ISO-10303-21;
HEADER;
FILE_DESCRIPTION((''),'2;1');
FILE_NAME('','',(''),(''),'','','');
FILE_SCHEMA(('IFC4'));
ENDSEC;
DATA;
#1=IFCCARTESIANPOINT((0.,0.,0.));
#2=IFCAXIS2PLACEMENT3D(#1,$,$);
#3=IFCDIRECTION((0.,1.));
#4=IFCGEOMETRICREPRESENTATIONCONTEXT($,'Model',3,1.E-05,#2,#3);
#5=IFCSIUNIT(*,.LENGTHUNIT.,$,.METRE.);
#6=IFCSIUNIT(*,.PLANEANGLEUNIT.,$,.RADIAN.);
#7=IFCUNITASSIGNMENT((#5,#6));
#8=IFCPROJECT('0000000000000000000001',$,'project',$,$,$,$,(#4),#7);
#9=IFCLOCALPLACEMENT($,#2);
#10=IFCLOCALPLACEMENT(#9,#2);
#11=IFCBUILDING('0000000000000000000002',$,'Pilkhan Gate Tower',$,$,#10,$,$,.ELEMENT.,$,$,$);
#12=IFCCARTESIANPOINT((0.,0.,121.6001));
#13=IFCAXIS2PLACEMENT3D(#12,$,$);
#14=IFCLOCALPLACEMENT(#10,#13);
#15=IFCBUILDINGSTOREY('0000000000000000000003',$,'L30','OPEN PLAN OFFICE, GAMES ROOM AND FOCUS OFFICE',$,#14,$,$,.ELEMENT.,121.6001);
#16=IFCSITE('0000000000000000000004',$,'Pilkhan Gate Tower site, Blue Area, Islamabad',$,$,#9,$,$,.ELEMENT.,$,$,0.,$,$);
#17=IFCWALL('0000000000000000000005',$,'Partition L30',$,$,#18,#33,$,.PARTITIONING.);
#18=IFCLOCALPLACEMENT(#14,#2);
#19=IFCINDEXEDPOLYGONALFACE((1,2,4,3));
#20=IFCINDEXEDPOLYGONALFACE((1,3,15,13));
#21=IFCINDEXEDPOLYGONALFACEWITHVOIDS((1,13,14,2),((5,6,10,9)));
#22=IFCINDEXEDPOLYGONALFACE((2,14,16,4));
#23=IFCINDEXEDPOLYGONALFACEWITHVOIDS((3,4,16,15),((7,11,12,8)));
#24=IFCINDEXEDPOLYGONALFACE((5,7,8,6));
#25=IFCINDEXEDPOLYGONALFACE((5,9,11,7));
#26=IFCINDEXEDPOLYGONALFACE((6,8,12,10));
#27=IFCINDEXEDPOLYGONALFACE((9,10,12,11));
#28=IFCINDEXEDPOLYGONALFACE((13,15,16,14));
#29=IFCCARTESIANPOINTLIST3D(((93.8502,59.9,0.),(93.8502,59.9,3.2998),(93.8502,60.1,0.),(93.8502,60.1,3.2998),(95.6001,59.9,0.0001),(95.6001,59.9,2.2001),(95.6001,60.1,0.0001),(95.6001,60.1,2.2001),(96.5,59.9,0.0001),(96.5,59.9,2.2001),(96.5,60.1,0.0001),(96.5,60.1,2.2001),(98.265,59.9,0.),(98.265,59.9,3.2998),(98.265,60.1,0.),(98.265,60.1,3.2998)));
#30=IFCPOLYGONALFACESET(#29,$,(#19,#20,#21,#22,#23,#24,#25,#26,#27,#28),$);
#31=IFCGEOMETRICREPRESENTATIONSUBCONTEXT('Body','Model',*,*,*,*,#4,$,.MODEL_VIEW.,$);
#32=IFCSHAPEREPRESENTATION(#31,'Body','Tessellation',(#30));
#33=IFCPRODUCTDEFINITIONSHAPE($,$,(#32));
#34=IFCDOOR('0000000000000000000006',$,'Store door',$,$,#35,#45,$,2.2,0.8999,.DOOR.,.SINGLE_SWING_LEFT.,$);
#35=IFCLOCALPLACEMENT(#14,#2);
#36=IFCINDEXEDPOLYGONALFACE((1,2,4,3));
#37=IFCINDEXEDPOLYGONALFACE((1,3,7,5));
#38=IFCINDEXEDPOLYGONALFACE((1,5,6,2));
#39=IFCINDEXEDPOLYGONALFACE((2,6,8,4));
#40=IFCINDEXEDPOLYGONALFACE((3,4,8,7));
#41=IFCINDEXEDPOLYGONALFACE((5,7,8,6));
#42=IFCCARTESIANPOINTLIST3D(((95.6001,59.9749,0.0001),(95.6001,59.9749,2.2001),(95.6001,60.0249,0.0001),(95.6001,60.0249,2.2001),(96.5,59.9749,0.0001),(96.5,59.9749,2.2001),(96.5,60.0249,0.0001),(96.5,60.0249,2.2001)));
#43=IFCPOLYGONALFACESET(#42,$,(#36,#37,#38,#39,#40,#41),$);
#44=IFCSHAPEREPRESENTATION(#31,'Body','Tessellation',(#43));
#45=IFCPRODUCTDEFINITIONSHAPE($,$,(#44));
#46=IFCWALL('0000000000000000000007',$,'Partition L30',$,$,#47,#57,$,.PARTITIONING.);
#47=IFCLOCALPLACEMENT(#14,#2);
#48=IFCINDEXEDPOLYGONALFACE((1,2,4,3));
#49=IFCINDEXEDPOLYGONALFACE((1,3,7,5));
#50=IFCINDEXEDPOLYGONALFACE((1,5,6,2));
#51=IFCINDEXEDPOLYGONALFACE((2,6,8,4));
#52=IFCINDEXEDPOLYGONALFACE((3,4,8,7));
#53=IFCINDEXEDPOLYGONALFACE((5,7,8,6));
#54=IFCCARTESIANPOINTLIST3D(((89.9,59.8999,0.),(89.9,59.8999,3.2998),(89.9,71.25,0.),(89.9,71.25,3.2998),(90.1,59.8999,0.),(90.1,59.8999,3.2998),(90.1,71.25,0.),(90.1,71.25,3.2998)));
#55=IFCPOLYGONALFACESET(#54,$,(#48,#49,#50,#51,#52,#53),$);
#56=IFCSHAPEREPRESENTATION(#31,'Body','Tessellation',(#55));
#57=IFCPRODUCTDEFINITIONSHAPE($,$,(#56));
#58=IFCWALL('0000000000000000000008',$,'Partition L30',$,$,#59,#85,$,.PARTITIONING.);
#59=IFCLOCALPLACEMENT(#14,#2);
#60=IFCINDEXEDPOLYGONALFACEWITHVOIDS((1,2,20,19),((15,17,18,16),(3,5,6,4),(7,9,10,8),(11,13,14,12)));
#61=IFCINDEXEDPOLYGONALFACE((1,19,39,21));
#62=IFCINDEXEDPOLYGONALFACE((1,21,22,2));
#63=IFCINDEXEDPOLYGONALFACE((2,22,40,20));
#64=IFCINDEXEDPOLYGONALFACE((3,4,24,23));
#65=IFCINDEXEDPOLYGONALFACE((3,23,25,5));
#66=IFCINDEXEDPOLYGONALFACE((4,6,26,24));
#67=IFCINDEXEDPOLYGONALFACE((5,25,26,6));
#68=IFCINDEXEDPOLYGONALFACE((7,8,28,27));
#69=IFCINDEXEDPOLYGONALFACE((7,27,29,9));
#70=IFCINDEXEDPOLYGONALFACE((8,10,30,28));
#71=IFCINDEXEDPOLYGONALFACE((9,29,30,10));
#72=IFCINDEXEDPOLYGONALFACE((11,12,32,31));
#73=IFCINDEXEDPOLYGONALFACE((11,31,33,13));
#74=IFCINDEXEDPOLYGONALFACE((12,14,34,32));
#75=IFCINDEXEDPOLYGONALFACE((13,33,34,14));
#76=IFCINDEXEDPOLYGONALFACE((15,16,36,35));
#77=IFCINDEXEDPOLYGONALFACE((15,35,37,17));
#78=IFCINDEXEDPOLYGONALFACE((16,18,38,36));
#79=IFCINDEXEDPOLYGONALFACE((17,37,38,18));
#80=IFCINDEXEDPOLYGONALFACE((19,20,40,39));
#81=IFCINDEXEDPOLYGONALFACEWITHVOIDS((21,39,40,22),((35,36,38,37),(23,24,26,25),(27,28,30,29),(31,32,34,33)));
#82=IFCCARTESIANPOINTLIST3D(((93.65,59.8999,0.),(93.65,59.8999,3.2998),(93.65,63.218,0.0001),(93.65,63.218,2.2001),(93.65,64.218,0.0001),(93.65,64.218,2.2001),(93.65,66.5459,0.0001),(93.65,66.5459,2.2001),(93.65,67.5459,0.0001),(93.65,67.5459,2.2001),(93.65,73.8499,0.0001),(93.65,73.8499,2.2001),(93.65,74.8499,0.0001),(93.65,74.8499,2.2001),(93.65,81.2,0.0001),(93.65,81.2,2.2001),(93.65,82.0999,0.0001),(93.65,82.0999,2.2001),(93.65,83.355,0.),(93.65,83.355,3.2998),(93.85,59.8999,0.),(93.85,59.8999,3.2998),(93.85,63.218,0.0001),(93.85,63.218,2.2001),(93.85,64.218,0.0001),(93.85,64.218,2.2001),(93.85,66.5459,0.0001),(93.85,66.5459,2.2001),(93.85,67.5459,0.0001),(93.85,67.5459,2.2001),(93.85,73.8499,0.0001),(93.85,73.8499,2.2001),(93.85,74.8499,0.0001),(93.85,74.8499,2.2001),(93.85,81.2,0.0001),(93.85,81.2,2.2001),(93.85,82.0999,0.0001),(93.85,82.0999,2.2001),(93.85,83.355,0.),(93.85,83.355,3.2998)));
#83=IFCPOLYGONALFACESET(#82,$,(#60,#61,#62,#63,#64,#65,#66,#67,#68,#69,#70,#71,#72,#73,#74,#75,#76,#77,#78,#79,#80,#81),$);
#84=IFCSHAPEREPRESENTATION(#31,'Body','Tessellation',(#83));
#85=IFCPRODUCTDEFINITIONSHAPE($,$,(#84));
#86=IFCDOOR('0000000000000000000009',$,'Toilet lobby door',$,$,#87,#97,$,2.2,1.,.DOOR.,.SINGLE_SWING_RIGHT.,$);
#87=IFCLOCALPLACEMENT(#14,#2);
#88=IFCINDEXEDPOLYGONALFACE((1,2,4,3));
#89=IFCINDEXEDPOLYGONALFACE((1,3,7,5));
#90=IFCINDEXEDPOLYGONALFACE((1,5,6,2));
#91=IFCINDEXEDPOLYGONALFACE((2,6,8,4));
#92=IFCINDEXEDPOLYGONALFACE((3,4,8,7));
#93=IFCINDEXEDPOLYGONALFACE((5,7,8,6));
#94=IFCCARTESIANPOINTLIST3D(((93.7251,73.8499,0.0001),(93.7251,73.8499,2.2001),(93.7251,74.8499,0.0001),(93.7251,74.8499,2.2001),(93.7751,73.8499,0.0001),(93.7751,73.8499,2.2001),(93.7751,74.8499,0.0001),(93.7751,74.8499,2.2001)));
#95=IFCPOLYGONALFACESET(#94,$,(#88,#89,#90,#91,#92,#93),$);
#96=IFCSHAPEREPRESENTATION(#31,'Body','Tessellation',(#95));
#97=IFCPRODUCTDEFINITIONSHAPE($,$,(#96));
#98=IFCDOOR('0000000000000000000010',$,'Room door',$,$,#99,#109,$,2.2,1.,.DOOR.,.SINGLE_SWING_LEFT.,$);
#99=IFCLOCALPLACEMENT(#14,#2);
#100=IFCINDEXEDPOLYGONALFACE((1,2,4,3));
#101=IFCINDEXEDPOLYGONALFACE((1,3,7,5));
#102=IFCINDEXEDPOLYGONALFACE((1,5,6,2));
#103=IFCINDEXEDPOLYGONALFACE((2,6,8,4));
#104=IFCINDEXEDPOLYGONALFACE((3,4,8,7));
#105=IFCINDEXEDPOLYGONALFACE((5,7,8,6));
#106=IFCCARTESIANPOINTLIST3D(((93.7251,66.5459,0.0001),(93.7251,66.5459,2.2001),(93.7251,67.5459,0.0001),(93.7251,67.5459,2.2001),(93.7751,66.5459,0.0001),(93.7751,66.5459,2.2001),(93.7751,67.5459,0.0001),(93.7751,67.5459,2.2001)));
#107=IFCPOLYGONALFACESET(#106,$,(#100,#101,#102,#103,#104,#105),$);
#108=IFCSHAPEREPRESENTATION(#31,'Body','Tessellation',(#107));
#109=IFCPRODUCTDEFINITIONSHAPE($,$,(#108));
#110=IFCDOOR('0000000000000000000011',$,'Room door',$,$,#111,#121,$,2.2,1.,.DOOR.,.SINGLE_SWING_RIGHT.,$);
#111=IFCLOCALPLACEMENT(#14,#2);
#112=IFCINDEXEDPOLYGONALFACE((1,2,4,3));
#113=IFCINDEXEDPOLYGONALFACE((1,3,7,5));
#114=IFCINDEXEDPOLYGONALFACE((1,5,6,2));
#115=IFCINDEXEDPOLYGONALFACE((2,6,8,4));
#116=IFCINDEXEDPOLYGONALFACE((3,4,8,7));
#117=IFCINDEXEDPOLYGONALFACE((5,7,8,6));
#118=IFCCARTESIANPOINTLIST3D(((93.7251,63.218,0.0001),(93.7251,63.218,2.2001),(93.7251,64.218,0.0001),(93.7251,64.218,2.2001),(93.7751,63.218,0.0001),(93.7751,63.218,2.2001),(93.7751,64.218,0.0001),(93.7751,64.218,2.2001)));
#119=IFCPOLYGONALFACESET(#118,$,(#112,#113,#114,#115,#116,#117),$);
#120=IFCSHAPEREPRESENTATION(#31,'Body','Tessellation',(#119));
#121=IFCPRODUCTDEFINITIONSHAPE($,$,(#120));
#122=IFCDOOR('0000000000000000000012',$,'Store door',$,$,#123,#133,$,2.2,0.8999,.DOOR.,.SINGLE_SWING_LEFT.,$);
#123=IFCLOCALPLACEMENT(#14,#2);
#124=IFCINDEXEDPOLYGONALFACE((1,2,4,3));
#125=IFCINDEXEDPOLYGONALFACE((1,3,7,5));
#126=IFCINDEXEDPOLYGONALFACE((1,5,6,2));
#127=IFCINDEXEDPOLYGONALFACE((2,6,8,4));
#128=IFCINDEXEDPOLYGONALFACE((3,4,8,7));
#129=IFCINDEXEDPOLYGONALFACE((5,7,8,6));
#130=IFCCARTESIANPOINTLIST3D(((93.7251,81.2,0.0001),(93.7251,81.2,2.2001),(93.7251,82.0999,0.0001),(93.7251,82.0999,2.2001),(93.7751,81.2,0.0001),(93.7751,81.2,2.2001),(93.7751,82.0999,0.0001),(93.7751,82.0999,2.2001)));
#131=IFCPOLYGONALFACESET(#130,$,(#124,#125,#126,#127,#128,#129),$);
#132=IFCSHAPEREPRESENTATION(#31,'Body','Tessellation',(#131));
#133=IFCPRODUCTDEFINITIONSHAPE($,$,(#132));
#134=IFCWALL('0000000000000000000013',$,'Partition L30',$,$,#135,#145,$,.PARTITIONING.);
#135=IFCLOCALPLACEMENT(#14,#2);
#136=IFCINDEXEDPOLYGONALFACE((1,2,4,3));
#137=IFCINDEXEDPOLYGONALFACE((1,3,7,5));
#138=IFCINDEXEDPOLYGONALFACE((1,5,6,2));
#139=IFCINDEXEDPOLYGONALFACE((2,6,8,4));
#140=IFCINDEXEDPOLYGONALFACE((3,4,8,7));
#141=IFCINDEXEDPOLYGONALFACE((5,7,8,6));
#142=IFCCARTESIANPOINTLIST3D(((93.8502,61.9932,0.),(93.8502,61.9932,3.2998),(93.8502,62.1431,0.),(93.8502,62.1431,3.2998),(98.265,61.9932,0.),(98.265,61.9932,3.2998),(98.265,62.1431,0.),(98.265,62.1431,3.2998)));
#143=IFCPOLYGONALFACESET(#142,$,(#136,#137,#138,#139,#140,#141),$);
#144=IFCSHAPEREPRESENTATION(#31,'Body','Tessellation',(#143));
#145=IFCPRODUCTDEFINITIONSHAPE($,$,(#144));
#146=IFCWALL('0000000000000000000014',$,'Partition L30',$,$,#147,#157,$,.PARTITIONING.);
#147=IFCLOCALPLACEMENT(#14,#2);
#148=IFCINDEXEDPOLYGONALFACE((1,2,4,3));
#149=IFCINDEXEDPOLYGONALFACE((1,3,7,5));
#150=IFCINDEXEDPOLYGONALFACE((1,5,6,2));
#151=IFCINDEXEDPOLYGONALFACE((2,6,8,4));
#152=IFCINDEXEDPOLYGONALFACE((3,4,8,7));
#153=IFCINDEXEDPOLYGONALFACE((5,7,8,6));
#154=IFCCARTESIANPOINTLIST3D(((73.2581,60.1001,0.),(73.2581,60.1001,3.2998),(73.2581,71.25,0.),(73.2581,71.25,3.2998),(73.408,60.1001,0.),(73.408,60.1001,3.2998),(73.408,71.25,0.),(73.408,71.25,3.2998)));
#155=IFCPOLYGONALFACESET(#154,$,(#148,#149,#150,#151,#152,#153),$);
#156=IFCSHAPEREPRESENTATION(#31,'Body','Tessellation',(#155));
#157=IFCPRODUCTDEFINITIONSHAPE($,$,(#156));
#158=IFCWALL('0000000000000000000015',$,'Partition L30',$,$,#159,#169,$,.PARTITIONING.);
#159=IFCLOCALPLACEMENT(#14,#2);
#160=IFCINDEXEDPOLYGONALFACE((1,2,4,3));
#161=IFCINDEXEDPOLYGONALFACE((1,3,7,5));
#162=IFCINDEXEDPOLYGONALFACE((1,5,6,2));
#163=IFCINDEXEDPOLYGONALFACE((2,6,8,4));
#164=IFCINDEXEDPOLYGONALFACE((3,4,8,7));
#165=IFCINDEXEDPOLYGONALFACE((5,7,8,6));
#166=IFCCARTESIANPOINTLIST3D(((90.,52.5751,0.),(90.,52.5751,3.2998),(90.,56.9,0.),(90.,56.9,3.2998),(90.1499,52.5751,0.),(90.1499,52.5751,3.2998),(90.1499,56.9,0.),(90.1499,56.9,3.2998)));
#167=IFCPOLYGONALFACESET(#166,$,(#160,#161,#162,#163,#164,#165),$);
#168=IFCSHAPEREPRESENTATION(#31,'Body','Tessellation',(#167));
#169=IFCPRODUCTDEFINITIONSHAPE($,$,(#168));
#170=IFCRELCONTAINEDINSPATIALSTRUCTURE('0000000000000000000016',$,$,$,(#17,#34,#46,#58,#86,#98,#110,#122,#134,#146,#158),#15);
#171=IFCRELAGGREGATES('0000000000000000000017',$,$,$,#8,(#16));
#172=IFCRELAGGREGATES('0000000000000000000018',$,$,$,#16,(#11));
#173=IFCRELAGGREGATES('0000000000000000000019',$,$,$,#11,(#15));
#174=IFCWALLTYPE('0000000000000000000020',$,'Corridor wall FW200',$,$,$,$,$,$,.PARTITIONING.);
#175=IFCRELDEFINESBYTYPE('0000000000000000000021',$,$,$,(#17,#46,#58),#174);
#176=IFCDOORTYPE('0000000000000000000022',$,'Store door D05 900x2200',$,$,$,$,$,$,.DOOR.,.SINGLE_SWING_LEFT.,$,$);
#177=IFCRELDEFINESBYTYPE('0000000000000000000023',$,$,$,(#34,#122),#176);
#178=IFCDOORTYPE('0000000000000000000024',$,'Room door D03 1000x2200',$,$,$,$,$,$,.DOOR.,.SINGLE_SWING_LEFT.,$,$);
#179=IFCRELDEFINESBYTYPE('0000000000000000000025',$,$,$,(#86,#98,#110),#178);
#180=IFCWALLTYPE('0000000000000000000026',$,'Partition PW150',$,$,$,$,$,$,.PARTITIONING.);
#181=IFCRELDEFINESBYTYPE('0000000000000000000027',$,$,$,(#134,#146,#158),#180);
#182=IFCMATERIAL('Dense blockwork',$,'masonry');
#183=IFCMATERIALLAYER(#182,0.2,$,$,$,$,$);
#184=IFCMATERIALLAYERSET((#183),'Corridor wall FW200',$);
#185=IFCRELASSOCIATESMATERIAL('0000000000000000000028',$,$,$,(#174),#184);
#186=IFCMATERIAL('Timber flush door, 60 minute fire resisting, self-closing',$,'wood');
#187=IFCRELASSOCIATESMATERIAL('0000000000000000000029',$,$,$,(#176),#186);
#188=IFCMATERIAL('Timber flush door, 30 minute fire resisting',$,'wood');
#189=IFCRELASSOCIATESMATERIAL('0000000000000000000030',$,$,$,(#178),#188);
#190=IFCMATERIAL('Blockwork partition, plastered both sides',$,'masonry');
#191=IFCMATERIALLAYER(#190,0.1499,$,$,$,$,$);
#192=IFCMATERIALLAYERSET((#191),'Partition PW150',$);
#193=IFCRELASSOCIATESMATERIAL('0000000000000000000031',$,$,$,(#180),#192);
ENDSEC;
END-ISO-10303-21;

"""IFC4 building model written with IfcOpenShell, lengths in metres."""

from ifc_helpers import new_model, si_unit, direction, frame, frame_2d, origin, place, context, subcontext, project, spatial, rectangle, extrude, material, layer, layer_set, type_object, element, fill, save


model = new_model("IFC4")

# Units and contexts
model_context = context("Model", 3, precision=1e-05, world=origin(), true_north=direction((0.0, 1.0)))
body_context = subcontext(model_context, "Body", "Model", "MODEL_VIEW")
ifc_project = project(units=[si_unit("LENGTHUNIT", "METRE"), si_unit("PLANEANGLEUNIT", "RADIAN")], contexts=[model_context])

# Site, building, storey
site_placement = place(None, origin())
site = spatial("IfcSite", under=ifc_project, at=site_placement, Name="Pilkhan Gate Tower site, Blue Area, Islamabad", CompositionType="ELEMENT", RefElevation=0.0)
building_placement = place(site_placement, origin())
building = spatial("IfcBuilding", under=site, at=building_placement, Name="Pilkhan Gate Tower", CompositionType="ELEMENT")
storey_placement = place(building_placement, frame((0.0, 0.0, 121.6001)))
storey = spatial("IfcBuildingStorey", under=building, at=storey_placement, Name="L30", Description="OPEN PLAN OFFICE, GAMES ROOM AND FOCUS OFFICE", CompositionType="ELEMENT", Elevation=121.6001)

# Wall, opening, door
ifc_material_1 = material(Name="Dense blockwork", Category="masonry")
ifc_layer_1 = layer(ifc_material_1, 0.2)
ifc_layer_set_1 = layer_set([ifc_layer_1], Name="Corridor wall FW200")
wall_type_1 = type_object("IfcWallType", Name="Corridor wall FW200", PredefinedType="PARTITIONING", material=ifc_layer_set_1)
wall_1_placement = place(storey_placement, frame((93.8501, 60.0, 0.0), z_axis=(0.0, 0.0, 1.0), x_axis=(1.0, 0.0, 0.0)))
wall_1 = element("IfcWall", 1, at=wall_1_placement, inside=storey, type_object=wall_type_1, Name="Partition L30", PredefinedType="PARTITIONING", context=body_context, shape_type="SweptSolid", body=[
    extrude(rectangle(XDim=4.4148, YDim=0.2, at=frame_2d((2.2075, 0.0))), origin(), (0.0, 0.0, 1.0), 3.2998),
])
opening_1_placement = place(wall_1_placement, frame((1.75, 0.0, 0.0)))
opening_1 = element("IfcOpeningElement", 2, at=opening_1_placement, cuts=wall_1, PredefinedType="OPENING", context=body_context, shape_type="SweptSolid", body=[
    extrude(rectangle(XDim=0.8999, YDim=2.2, at=frame_2d((0.45, 1.1001))), frame((0.0, 0.1099, 0.0), z_axis=(0.0, -1.0, 0.0), x_axis=(1.0, 0.0, 0.0)), (0.0, 0.0, 1.0), 0.22),
])
ifc_material_2 = material(Name="Timber flush door, 60 minute fire resisting, self-closing", Category="wood")
door_type_1 = type_object("IfcDoorType", Name="Store door D05 900x2200", OperationType="SINGLE_SWING_LEFT", PredefinedType="DOOR", material=ifc_material_2)
door_1_placement = place(opening_1_placement, origin())
door_1 = element("IfcDoor", 3, at=door_1_placement, inside=storey, type_object=door_type_1, Name="Store door", OperationType="SINGLE_SWING_LEFT", OverallHeight=2.2, OverallWidth=0.8999, PredefinedType="DOOR", context=body_context, shape_type="SweptSolid", body=[
    extrude(rectangle(XDim=0.8999, YDim=2.2, at=frame_2d((0.45, 1.1001))), frame((0.0, 0.0249, 0.0), z_axis=(0.0, -1.0, 0.0), x_axis=(1.0, 0.0, 0.0)), (0.0, 0.0, 1.0), 0.05),
])
fill(opening_1, door_1)

# Wall
wall_2_placement = place(storey_placement, frame((90.0, 59.8999, 0.0), z_axis=(0.0, 0.0, 1.0), x_axis=(0.0, 1.0, 0.0)))
element("IfcWall", 4, at=wall_2_placement, inside=storey, type_object=wall_type_1, Name="Partition L30", PredefinedType="PARTITIONING", context=body_context, shape_type="SweptSolid", body=[
    extrude(rectangle(XDim=11.3501, YDim=0.2, at=frame_2d((5.675, 0.0))), origin(), (0.0, 0.0, 1.0), 3.2998),
])

# Wall, openings, doors
wall_3_placement = place(storey_placement, frame((93.75, 59.8999, 0.0), z_axis=(0.0, 0.0, 1.0), x_axis=(0.0, 1.0, 0.0)))
wall_3 = element("IfcWall", 5, at=wall_3_placement, inside=storey, type_object=wall_type_1, Name="Partition L30", PredefinedType="PARTITIONING", context=body_context, shape_type="SweptSolid", body=[
    extrude(rectangle(XDim=23.4551, YDim=0.2, at=frame_2d((11.7275, 0.0))), origin(), (0.0, 0.0, 1.0), 3.2998),
])
opening_2_placement = place(wall_3_placement, frame((13.95, 0.0, 0.0)))
opening_2 = element("IfcOpeningElement", 6, at=opening_2_placement, cuts=wall_3, PredefinedType="OPENING", context=body_context, shape_type="SweptSolid", body=[
    extrude(rectangle(XDim=1.0, YDim=2.2, at=frame_2d((0.5, 1.1001))), frame((0.0, 0.1099, 0.0), z_axis=(0.0, -1.0, 0.0), x_axis=(1.0, 0.0, 0.0)), (0.0, 0.0, 1.0), 0.22),
])
opening_3_placement = place(wall_3_placement, frame((6.646, 0.0, 0.0)))
opening_3 = element("IfcOpeningElement", 7, at=opening_3_placement, cuts=wall_3, PredefinedType="OPENING", context=body_context, shape_type="SweptSolid", body=[
    extrude(rectangle(XDim=1.0, YDim=2.2, at=frame_2d((0.5, 1.1001))), frame((0.0, 0.1099, 0.0), z_axis=(0.0, -1.0, 0.0), x_axis=(1.0, 0.0, 0.0)), (0.0, 0.0, 1.0), 0.22),
])
opening_4_placement = place(wall_3_placement, frame((3.3181, 0.0, 0.0)))
opening_4 = element("IfcOpeningElement", 8, at=opening_4_placement, cuts=wall_3, PredefinedType="OPENING", context=body_context, shape_type="SweptSolid", body=[
    extrude(rectangle(XDim=1.0, YDim=2.2, at=frame_2d((0.5, 1.1001))), frame((0.0, 0.1099, 0.0), z_axis=(0.0, -1.0, 0.0), x_axis=(1.0, 0.0, 0.0)), (0.0, 0.0, 1.0), 0.22),
])
opening_5_placement = place(wall_3_placement, frame((21.3, 0.0, 0.0)))
opening_5 = element("IfcOpeningElement", 9, at=opening_5_placement, cuts=wall_3, PredefinedType="OPENING", context=body_context, shape_type="SweptSolid", body=[
    extrude(rectangle(XDim=0.8999, YDim=2.2, at=frame_2d((0.45, 1.1001))), frame((0.0, 0.1099, 0.0), z_axis=(0.0, -1.0, 0.0), x_axis=(1.0, 0.0, 0.0)), (0.0, 0.0, 1.0), 0.22),
])
ifc_material_3 = material(Name="Timber flush door, 30 minute fire resisting", Category="wood")
door_type_2 = type_object("IfcDoorType", Name="Room door D03 1000x2200", OperationType="SINGLE_SWING_LEFT", PredefinedType="DOOR", material=ifc_material_3)
door_2_placement = place(opening_2_placement, origin())
door_2 = element("IfcDoor", 10, at=door_2_placement, inside=storey, type_object=door_type_2, Name="Toilet lobby door", OperationType="SINGLE_SWING_RIGHT", OverallHeight=2.2, OverallWidth=1.0, PredefinedType="DOOR", context=body_context, shape_type="SweptSolid", body=[
    extrude(rectangle(XDim=1.0, YDim=2.2, at=frame_2d((0.5, 1.1001))), frame((0.0, 0.0249, 0.0), z_axis=(0.0, -1.0, 0.0), x_axis=(1.0, 0.0, 0.0)), (0.0, 0.0, 1.0), 0.05),
])
fill(opening_2, door_2)
door_3_placement = place(opening_3_placement, origin())
door_3 = element("IfcDoor", 11, at=door_3_placement, inside=storey, type_object=door_type_2, Name="Room door", OperationType="SINGLE_SWING_LEFT", OverallHeight=2.2, OverallWidth=1.0, PredefinedType="DOOR", context=body_context, shape_type="SweptSolid", body=[
    extrude(rectangle(XDim=1.0, YDim=2.2, at=frame_2d((0.5, 1.1001))), frame((0.0, 0.0249, 0.0), z_axis=(0.0, -1.0, 0.0), x_axis=(1.0, 0.0, 0.0)), (0.0, 0.0, 1.0), 0.05),
])
fill(opening_3, door_3)
door_4_placement = place(opening_4_placement, origin())
door_4 = element("IfcDoor", 12, at=door_4_placement, inside=storey, type_object=door_type_2, Name="Room door", OperationType="SINGLE_SWING_RIGHT", OverallHeight=2.2, OverallWidth=1.0, PredefinedType="DOOR", context=body_context, shape_type="SweptSolid", body=[
    extrude(rectangle(XDim=1.0, YDim=2.2, at=frame_2d((0.5, 1.1001))), frame((0.0, 0.0249, 0.0), z_axis=(0.0, -1.0, 0.0), x_axis=(1.0, 0.0, 0.0)), (0.0, 0.0, 1.0), 0.05),
])
fill(opening_4, door_4)
door_5_placement = place(opening_5_placement, origin())
door_5 = element("IfcDoor", 13, at=door_5_placement, inside=storey, type_object=door_type_1, Name="Store door", OperationType="SINGLE_SWING_LEFT", OverallHeight=2.2, OverallWidth=0.8999, PredefinedType="DOOR", context=body_context, shape_type="SweptSolid", body=[
    extrude(rectangle(XDim=0.8999, YDim=2.2, at=frame_2d((0.45, 1.1001))), frame((0.0, 0.0249, 0.0), z_axis=(0.0, -1.0, 0.0), x_axis=(1.0, 0.0, 0.0)), (0.0, 0.0, 1.0), 0.05),
])
fill(opening_5, door_5)

# Walls
ifc_material_4 = material(Name="Blockwork partition, plastered both sides", Category="masonry")
ifc_layer_2 = layer(ifc_material_4, 0.1499)
ifc_layer_set_2 = layer_set([ifc_layer_2], Name="Partition PW150")
wall_type_2 = type_object("IfcWallType", Name="Partition PW150", PredefinedType="PARTITIONING", material=ifc_layer_set_2)
wall_4_placement = place(storey_placement, frame((93.8501, 62.0681, 0.0), z_axis=(0.0, 0.0, 1.0), x_axis=(1.0, 0.0, 0.0)))
element("IfcWall", 14, at=wall_4_placement, inside=storey, type_object=wall_type_2, Name="Partition L30", PredefinedType="PARTITIONING", context=body_context, shape_type="SweptSolid", body=[
    extrude(rectangle(XDim=4.4148, YDim=0.1499, at=frame_2d((2.2075, 0.0))), origin(), (0.0, 0.0, 1.0), 3.2998),
])
wall_5_placement = place(storey_placement, frame((73.333, 60.1001, 0.0), z_axis=(0.0, 0.0, 1.0), x_axis=(0.0, 1.0, 0.0)))
element("IfcWall", 15, at=wall_5_placement, inside=storey, type_object=wall_type_2, Name="Partition L30", PredefinedType="PARTITIONING", context=body_context, shape_type="SweptSolid", body=[
    extrude(rectangle(XDim=11.1499, YDim=0.1499, at=frame_2d((5.575, 0.0))), origin(), (0.0, 0.0, 1.0), 3.2998),
])
wall_6_placement = place(storey_placement, frame((90.075, 52.575, 0.0), z_axis=(0.0, 0.0, 1.0), x_axis=(0.0, 1.0, 0.0)))
element("IfcWall", 16, at=wall_6_placement, inside=storey, type_object=wall_type_2, Name="Partition L30", PredefinedType="PARTITIONING", context=body_context, shape_type="SweptSolid", body=[
    extrude(rectangle(XDim=4.325, YDim=0.1499, at=frame_2d((2.1626, 0.0))), origin(), (0.0, 0.0, 1.0), 3.2998),
])

save(model, "model.ifc")
